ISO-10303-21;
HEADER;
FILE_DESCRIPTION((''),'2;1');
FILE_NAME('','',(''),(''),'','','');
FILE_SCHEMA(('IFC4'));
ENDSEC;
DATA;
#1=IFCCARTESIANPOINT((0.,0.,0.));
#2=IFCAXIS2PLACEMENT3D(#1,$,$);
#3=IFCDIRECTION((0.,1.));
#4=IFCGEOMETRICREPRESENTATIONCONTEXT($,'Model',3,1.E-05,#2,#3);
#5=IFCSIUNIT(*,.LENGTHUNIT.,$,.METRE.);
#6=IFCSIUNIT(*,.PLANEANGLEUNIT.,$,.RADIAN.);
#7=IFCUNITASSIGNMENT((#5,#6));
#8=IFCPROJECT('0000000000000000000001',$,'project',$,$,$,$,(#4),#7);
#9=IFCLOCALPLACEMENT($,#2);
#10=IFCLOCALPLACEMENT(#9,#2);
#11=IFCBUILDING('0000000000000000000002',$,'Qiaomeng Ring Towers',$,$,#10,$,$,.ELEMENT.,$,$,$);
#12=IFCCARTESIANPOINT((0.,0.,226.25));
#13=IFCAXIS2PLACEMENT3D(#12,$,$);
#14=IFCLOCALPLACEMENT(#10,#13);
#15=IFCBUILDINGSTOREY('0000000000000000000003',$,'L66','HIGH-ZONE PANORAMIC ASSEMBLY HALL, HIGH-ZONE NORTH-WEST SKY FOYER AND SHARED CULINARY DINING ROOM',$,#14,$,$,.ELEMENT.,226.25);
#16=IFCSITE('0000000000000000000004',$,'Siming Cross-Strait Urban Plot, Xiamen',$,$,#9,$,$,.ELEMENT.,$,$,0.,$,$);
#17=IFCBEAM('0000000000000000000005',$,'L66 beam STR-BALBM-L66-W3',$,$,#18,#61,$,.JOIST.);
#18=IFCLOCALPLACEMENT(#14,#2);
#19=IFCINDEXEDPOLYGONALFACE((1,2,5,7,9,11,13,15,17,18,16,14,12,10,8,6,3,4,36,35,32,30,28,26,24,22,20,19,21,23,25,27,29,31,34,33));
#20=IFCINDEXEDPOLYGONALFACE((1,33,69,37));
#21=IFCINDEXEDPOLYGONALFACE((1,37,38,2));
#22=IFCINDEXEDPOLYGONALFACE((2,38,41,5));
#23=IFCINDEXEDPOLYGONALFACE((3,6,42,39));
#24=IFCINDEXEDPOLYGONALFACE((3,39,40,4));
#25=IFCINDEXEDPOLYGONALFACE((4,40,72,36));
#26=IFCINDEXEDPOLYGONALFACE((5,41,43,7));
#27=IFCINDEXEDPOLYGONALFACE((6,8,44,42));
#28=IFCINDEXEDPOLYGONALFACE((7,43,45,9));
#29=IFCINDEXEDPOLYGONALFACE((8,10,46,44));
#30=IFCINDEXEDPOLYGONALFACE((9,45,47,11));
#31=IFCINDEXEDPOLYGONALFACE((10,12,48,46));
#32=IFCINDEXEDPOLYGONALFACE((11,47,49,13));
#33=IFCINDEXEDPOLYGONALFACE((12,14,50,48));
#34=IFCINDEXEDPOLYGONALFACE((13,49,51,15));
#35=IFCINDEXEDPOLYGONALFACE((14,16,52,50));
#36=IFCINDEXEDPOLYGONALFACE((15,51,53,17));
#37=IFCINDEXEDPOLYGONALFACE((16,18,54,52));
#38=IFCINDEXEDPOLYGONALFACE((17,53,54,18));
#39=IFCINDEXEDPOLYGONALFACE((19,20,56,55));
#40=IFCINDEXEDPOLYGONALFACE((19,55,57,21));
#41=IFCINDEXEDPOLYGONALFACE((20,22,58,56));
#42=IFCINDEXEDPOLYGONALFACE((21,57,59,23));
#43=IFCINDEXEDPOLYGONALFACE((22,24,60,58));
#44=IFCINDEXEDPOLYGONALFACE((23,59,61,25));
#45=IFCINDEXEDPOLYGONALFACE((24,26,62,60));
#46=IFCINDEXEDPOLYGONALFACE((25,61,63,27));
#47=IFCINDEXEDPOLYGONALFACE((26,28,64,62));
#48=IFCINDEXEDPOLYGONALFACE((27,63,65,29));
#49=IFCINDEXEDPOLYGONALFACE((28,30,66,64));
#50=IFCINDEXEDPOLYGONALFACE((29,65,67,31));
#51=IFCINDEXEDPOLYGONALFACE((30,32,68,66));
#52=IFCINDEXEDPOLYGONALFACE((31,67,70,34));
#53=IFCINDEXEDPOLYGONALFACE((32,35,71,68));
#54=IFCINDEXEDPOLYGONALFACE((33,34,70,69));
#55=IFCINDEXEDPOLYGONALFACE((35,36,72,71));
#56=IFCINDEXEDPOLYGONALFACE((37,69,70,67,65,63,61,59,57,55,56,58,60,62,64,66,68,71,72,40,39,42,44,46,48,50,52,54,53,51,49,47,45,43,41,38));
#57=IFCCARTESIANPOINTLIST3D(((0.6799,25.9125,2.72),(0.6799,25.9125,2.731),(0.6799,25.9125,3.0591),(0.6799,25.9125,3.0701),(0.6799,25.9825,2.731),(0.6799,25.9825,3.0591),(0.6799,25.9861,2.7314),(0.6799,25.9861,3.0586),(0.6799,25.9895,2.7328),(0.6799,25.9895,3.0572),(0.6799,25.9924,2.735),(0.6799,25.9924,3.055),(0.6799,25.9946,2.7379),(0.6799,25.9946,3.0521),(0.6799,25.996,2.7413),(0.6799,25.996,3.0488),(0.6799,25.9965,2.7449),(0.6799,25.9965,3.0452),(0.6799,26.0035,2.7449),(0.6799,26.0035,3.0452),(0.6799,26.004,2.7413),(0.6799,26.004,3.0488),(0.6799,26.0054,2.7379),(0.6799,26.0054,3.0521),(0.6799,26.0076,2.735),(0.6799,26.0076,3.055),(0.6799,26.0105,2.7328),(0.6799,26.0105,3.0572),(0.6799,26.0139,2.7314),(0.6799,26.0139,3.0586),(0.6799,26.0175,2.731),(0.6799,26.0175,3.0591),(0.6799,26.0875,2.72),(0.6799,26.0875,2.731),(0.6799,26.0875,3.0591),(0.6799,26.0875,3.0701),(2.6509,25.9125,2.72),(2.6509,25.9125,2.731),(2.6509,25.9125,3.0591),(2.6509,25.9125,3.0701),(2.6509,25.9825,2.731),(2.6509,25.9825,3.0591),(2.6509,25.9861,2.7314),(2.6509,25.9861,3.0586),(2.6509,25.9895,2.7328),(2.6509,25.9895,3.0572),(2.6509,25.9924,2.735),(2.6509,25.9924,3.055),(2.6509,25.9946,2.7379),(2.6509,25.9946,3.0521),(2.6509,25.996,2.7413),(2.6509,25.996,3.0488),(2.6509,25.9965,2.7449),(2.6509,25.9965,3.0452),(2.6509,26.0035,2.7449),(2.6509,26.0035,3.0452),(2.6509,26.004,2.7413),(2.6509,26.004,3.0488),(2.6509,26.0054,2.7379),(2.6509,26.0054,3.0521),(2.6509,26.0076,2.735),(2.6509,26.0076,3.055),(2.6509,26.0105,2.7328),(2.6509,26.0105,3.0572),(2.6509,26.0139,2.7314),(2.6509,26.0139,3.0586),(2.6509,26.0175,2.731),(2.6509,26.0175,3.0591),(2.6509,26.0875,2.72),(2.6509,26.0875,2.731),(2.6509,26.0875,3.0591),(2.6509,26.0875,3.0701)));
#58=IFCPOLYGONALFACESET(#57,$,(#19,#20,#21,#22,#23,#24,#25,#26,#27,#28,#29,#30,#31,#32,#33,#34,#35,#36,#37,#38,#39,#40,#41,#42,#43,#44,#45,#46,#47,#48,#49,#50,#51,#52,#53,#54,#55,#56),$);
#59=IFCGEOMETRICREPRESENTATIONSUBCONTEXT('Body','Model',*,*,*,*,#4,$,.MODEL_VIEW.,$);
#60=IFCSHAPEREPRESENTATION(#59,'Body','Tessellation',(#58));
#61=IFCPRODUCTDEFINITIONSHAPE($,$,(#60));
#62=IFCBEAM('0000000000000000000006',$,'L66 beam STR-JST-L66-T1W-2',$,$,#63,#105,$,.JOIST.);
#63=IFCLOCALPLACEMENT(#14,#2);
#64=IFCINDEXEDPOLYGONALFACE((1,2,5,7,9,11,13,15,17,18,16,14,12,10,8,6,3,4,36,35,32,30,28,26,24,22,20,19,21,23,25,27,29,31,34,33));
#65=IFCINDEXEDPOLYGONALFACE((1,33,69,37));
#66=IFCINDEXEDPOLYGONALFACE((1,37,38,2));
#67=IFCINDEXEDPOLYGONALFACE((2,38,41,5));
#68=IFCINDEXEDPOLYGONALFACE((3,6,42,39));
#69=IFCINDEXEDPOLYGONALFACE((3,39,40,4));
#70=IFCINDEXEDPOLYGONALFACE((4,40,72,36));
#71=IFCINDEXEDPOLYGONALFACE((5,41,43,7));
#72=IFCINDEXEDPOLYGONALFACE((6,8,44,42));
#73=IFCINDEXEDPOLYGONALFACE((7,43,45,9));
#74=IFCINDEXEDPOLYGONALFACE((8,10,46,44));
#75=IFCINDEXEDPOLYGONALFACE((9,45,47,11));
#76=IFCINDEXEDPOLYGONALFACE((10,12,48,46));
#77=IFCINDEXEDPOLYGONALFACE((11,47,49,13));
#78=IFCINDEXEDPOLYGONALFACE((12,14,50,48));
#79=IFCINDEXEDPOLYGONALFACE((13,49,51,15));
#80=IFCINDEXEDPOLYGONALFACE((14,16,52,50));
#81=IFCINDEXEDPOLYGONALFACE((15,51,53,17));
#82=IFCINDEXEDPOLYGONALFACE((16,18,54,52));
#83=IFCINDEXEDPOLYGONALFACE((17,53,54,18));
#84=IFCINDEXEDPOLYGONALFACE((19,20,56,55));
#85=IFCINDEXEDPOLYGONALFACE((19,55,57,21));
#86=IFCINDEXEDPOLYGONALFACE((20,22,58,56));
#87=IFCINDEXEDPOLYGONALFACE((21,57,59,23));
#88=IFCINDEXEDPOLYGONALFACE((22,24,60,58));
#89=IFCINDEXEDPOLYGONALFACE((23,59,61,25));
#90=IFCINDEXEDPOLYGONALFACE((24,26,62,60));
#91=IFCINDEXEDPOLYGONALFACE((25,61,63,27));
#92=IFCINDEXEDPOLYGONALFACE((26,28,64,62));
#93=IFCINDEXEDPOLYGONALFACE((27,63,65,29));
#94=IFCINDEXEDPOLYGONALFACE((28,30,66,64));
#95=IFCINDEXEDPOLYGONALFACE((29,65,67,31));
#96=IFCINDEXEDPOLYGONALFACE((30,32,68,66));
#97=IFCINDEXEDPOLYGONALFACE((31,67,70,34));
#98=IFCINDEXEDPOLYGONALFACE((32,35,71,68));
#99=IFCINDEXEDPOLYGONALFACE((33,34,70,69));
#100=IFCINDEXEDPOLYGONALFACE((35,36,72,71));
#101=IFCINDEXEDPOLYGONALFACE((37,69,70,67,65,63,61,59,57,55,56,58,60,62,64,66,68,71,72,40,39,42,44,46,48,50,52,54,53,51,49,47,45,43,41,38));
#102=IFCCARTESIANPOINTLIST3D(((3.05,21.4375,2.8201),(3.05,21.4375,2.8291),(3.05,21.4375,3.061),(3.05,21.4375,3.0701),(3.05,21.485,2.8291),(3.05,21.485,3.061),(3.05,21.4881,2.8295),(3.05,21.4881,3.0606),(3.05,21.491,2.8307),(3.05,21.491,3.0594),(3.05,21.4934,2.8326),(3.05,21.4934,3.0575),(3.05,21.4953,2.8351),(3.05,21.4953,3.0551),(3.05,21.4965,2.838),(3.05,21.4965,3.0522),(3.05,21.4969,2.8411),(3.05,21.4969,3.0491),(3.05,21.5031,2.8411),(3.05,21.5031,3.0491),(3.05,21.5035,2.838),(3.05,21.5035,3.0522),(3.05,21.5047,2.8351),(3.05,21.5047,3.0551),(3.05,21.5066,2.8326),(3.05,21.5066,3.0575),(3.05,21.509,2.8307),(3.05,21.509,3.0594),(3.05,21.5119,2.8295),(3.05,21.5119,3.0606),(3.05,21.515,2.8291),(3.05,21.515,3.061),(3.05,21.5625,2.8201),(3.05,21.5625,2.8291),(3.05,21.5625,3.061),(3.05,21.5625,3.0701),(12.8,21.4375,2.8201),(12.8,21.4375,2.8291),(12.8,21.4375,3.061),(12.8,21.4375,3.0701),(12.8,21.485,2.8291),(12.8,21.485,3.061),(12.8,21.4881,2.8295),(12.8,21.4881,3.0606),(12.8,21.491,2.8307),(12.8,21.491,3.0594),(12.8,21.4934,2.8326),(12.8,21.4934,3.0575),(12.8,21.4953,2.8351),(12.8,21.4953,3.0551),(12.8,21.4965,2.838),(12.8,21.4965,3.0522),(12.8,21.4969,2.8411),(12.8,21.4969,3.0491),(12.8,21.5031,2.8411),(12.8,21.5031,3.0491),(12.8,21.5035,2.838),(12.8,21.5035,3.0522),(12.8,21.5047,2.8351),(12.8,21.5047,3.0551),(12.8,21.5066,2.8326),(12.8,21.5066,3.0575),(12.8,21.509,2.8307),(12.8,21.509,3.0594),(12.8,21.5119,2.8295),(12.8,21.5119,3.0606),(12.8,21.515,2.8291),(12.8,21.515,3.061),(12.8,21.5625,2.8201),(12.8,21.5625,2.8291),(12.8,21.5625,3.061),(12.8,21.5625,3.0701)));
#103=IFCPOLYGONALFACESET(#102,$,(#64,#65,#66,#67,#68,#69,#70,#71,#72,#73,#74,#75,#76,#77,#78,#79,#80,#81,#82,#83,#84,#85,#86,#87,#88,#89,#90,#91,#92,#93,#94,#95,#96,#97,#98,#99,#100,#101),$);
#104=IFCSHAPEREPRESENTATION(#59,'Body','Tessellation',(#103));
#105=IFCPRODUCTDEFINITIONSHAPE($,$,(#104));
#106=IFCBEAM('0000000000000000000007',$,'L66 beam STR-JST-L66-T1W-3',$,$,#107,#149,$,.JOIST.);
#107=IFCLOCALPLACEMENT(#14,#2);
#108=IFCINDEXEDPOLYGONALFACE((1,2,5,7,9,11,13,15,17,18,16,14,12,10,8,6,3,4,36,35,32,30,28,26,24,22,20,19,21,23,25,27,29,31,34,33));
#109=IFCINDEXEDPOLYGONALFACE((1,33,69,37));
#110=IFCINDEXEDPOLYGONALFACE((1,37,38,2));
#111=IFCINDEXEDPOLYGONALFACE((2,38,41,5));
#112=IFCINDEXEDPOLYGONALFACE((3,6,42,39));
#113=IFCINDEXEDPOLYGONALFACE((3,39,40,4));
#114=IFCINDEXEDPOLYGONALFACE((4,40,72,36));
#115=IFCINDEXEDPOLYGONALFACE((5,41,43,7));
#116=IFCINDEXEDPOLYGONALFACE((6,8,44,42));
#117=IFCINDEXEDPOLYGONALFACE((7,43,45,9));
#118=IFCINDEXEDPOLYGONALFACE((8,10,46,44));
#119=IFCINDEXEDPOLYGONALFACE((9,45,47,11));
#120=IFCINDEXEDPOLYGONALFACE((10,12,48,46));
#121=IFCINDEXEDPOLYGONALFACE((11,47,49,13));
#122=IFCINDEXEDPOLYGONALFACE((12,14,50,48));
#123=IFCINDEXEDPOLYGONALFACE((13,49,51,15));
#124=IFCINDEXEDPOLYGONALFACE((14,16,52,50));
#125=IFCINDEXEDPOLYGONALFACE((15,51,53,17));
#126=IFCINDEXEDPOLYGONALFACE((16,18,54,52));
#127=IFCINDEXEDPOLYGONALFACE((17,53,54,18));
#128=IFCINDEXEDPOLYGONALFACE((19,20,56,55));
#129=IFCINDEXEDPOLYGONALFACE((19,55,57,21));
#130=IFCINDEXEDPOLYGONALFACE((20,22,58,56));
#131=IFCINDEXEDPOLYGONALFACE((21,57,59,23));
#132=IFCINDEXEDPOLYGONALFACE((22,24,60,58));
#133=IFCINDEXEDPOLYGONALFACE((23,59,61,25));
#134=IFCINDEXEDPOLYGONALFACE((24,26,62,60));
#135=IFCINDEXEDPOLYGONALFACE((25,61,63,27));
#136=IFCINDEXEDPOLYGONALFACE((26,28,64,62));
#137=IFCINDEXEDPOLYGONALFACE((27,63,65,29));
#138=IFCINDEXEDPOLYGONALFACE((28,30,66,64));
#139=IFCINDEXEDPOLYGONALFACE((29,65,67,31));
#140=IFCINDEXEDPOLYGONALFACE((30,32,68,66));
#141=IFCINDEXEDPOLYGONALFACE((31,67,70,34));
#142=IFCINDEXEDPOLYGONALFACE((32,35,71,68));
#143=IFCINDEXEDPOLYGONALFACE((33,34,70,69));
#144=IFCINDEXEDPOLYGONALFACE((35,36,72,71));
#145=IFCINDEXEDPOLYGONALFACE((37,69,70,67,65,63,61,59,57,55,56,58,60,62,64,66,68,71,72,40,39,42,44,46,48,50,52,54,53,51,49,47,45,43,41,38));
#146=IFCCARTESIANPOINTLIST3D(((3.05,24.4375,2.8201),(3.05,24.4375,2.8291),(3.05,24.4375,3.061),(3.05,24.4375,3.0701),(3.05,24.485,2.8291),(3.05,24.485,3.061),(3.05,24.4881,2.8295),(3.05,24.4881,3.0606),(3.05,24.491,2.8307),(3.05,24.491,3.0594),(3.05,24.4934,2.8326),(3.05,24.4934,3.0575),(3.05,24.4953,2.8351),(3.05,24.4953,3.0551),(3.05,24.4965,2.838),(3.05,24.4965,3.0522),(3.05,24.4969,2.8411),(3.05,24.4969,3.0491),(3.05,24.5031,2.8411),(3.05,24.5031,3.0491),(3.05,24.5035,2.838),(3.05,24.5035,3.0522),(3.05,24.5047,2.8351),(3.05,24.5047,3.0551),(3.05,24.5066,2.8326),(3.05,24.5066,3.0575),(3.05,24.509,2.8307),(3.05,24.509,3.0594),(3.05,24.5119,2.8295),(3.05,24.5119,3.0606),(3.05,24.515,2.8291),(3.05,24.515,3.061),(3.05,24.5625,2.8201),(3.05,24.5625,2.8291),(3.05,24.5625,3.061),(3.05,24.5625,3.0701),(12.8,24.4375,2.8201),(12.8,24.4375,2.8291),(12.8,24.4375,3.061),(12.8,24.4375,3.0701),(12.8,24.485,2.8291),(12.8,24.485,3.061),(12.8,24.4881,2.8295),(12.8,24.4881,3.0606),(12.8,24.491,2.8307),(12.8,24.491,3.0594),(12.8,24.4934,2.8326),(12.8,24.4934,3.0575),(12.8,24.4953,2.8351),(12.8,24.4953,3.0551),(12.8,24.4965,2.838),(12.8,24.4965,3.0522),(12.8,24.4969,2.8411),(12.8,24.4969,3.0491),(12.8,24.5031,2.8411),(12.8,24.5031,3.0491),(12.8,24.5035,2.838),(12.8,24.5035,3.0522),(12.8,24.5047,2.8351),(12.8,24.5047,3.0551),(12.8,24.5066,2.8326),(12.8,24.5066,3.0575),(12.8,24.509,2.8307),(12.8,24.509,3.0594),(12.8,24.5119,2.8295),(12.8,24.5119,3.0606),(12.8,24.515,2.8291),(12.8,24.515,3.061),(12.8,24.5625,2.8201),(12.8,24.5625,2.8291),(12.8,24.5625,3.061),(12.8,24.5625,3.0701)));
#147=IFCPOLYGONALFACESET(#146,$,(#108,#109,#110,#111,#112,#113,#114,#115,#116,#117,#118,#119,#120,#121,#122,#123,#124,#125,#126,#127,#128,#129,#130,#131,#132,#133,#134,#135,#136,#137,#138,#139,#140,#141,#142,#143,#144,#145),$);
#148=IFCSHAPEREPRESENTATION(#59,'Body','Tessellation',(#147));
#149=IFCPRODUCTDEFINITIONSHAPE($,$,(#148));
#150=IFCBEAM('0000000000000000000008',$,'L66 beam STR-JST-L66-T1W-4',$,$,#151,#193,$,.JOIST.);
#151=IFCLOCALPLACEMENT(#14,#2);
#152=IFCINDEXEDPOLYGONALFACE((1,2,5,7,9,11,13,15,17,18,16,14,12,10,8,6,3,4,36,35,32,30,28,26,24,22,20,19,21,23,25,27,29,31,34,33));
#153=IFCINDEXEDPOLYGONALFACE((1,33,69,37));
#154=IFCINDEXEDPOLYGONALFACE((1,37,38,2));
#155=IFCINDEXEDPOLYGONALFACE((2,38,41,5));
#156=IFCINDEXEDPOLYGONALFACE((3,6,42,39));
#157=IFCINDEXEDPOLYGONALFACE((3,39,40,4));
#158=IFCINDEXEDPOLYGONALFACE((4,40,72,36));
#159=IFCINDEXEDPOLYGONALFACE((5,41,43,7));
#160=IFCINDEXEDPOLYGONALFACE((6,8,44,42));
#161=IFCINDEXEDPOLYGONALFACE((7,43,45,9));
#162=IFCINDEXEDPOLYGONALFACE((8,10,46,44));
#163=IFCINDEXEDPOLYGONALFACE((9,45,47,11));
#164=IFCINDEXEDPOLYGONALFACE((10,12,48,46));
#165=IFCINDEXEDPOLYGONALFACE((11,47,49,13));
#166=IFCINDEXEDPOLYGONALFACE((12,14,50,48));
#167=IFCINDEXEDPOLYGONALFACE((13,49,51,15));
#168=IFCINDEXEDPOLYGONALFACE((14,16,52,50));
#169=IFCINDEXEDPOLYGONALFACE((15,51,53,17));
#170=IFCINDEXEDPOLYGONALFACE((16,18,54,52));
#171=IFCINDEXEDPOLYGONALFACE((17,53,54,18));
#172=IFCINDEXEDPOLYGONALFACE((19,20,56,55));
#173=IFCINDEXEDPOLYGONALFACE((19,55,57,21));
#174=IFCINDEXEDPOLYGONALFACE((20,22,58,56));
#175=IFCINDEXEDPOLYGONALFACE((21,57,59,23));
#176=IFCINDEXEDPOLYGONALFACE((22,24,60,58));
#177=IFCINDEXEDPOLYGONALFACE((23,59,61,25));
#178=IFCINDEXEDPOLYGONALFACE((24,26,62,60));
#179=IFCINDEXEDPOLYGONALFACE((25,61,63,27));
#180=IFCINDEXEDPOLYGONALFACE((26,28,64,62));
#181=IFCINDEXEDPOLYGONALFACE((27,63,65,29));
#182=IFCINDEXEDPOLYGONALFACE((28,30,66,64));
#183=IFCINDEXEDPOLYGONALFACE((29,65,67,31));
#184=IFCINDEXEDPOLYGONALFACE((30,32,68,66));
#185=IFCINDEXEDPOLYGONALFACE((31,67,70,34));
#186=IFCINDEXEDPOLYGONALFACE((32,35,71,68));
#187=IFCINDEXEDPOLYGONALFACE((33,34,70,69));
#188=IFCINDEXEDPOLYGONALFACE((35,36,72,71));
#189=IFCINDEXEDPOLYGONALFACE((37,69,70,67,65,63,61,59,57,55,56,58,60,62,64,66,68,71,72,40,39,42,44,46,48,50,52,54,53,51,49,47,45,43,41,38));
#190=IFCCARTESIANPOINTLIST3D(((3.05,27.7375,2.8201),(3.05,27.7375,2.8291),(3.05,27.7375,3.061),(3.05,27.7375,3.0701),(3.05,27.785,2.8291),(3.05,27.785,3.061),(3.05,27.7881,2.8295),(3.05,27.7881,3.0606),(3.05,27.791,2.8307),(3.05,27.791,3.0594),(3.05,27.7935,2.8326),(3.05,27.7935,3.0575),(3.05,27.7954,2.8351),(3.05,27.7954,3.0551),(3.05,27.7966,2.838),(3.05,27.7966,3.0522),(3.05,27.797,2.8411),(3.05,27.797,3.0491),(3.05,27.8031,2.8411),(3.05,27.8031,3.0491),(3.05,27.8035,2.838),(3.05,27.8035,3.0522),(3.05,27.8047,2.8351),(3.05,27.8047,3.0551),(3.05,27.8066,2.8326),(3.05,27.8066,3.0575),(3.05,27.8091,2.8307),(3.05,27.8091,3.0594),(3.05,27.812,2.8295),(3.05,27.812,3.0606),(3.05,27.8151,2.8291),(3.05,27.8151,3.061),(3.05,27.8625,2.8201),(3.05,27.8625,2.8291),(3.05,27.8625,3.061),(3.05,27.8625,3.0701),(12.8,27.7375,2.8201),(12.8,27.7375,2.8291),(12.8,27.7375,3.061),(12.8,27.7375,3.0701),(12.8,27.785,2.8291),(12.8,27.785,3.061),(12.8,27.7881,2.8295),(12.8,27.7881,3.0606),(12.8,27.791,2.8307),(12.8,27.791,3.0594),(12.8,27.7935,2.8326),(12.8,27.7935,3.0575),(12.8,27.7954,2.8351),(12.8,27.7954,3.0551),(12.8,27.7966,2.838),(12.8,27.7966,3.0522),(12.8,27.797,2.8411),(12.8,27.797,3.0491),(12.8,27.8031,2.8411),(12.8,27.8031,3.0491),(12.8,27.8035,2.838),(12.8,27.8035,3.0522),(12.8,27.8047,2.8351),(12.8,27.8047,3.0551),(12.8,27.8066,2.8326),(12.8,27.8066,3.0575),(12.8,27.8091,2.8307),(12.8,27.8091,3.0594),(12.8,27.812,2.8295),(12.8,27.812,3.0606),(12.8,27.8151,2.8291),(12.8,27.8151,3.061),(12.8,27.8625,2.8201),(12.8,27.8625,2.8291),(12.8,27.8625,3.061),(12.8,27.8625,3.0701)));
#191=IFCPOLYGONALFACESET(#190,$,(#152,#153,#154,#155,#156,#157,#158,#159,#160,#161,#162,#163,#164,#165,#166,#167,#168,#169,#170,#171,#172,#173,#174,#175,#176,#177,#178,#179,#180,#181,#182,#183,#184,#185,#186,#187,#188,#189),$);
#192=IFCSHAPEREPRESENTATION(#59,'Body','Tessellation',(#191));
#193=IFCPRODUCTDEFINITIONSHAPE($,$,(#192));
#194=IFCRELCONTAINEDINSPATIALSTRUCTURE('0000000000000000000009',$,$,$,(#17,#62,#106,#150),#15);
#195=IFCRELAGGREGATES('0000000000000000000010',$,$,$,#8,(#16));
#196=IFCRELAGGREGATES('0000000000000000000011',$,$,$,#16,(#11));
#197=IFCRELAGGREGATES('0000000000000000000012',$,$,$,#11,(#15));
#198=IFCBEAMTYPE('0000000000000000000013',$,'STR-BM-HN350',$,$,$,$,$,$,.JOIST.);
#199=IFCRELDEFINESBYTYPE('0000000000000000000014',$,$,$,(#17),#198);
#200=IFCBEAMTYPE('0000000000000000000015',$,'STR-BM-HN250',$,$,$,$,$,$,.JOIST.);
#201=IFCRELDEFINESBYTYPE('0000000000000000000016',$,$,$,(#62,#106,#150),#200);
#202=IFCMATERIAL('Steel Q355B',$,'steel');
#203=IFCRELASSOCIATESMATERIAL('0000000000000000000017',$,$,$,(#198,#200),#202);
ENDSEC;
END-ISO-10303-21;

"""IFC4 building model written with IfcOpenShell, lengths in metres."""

from ifc_helpers import new_model, si_unit, direction, frame, origin, origin_2d, place, context, subcontext, project, spatial, i_section, extrude, source, transform, mapped, material, material_profile, profile_set, type_object, element, save


model = new_model("IFC4")

# Units and contexts
model_context = context("Model", 3, precision=1e-05, world=origin(), true_north=direction((0.0, 1.0)))
body_context = subcontext(model_context, "Body", "Model", "MODEL_VIEW")
ifc_project = project(units=[si_unit("LENGTHUNIT", "METRE"), si_unit("PLANEANGLEUNIT", "RADIAN")], contexts=[model_context])

# Site, building, storey
site_placement = place(None, origin())
site = spatial("IfcSite", under=ifc_project, at=site_placement, Name="Siming Cross-Strait Urban Plot, Xiamen", CompositionType="ELEMENT", RefElevation=0.0)
building_placement = place(site_placement, origin())
building = spatial("IfcBuilding", under=site, at=building_placement, Name="Qiaomeng Ring Towers", CompositionType="ELEMENT")
storey_placement = place(building_placement, frame((0.0, 0.0, 226.25)))
storey = spatial("IfcBuildingStorey", under=building, at=storey_placement, Name="L66", Description="HIGH-ZONE PANORAMIC ASSEMBLY HALL, HIGH-ZONE NORTH-WEST SKY FOYER AND SHARED CULINARY DINING ROOM", CompositionType="ELEMENT", Elevation=226.25)

# Beams
ifc_material_1 = material(Name="Steel Q355B", Category="steel")
ifc_material_profile_1 = material_profile(ifc_material_1, i_section(OverallWidth=0.175, OverallDepth=0.3501, WebThickness=0.0071, FlangeThickness=0.011, FilletRadius=0.0139, at=origin_2d()), Name="HN 350x175x7x11")
ifc_profile_set_1 = profile_set([ifc_material_profile_1], Name="Steel Q355B")
beam_type_1 = type_object("IfcBeamType", Name="STR-BM-HN350", PredefinedType="JOIST", material=ifc_profile_set_1)
shared_shape_1 = source(origin(), body_context, "Body", "SweptSolid", [
    extrude(i_section(OverallWidth=0.175, OverallDepth=0.3501, WebThickness=0.0071, FlangeThickness=0.011, FilletRadius=0.0139, at=origin_2d()), origin(), (0.0, 0.0, 1.0), 1.9709),
])
for number, where, z_axis, x_axis, name in (
    (1, (0.6799, 26.0, 2.895), (1.0, 0.0, 0.0), (0.0, 1.0, 0.0), "L66 beam STR-BALBM-L66-W3"),
):
    element("IfcBeam", number, at=place(storey_placement, frame(where, z_axis=z_axis, x_axis=x_axis)), inside=storey, type_object=beam_type_1, Name=name, PredefinedType="JOIST", context=body_context, shape_type="MappedRepresentation", body=[
        mapped(shared_shape_1, transform((0.0, 0.0, 0.0), x_axis=(1.0, 0.0, 0.0), y_axis=(0.0, 1.0, 0.0), z_axis=(0.0, 0.0, 1.0), scale=1.0)),
    ])
ifc_material_profile_2 = material_profile(ifc_material_1, i_section(OverallWidth=0.125, OverallDepth=0.25, WebThickness=0.0061, FlangeThickness=0.009, FilletRadius=0.012, at=origin_2d()), Name="HN 250x125x6x9")
ifc_profile_set_2 = profile_set([ifc_material_profile_2], Name="Steel Q355B")
beam_type_2 = type_object("IfcBeamType", Name="STR-BM-HN250", PredefinedType="JOIST", material=ifc_profile_set_2)
shared_shape_2 = source(origin(), body_context, "Body", "SweptSolid", [
    extrude(i_section(OverallWidth=0.125, OverallDepth=0.25, WebThickness=0.0061, FlangeThickness=0.009, FilletRadius=0.012, at=origin_2d()), origin(), (0.0, 0.0, 1.0), 9.75),
])
for number, where, z_axis, x_axis, name in (
    (2, (3.05, 21.5, 2.9451), (1.0, 0.0, 0.0), (0.0, 1.0, 0.0), "L66 beam STR-JST-L66-T1W-2"),
    (3, (3.05, 24.5, 2.9451), (1.0, 0.0, 0.0), (0.0, 1.0, 0.0), "L66 beam STR-JST-L66-T1W-3"),
    (4, (3.05, 27.8, 2.9451), (1.0, 0.0, 0.0), (0.0, 1.0, 0.0), "L66 beam STR-JST-L66-T1W-4"),
):
    element("IfcBeam", number, at=place(storey_placement, frame(where, z_axis=z_axis, x_axis=x_axis)), inside=storey, type_object=beam_type_2, Name=name, PredefinedType="JOIST", context=body_context, shape_type="MappedRepresentation", body=[
        mapped(shared_shape_2, transform((0.0, 0.0, 0.0), x_axis=(1.0, 0.0, 0.0), y_axis=(0.0, 1.0, 0.0), z_axis=(0.0, 0.0, 1.0), scale=1.0)),
    ])

save(model, "model.ifc")
